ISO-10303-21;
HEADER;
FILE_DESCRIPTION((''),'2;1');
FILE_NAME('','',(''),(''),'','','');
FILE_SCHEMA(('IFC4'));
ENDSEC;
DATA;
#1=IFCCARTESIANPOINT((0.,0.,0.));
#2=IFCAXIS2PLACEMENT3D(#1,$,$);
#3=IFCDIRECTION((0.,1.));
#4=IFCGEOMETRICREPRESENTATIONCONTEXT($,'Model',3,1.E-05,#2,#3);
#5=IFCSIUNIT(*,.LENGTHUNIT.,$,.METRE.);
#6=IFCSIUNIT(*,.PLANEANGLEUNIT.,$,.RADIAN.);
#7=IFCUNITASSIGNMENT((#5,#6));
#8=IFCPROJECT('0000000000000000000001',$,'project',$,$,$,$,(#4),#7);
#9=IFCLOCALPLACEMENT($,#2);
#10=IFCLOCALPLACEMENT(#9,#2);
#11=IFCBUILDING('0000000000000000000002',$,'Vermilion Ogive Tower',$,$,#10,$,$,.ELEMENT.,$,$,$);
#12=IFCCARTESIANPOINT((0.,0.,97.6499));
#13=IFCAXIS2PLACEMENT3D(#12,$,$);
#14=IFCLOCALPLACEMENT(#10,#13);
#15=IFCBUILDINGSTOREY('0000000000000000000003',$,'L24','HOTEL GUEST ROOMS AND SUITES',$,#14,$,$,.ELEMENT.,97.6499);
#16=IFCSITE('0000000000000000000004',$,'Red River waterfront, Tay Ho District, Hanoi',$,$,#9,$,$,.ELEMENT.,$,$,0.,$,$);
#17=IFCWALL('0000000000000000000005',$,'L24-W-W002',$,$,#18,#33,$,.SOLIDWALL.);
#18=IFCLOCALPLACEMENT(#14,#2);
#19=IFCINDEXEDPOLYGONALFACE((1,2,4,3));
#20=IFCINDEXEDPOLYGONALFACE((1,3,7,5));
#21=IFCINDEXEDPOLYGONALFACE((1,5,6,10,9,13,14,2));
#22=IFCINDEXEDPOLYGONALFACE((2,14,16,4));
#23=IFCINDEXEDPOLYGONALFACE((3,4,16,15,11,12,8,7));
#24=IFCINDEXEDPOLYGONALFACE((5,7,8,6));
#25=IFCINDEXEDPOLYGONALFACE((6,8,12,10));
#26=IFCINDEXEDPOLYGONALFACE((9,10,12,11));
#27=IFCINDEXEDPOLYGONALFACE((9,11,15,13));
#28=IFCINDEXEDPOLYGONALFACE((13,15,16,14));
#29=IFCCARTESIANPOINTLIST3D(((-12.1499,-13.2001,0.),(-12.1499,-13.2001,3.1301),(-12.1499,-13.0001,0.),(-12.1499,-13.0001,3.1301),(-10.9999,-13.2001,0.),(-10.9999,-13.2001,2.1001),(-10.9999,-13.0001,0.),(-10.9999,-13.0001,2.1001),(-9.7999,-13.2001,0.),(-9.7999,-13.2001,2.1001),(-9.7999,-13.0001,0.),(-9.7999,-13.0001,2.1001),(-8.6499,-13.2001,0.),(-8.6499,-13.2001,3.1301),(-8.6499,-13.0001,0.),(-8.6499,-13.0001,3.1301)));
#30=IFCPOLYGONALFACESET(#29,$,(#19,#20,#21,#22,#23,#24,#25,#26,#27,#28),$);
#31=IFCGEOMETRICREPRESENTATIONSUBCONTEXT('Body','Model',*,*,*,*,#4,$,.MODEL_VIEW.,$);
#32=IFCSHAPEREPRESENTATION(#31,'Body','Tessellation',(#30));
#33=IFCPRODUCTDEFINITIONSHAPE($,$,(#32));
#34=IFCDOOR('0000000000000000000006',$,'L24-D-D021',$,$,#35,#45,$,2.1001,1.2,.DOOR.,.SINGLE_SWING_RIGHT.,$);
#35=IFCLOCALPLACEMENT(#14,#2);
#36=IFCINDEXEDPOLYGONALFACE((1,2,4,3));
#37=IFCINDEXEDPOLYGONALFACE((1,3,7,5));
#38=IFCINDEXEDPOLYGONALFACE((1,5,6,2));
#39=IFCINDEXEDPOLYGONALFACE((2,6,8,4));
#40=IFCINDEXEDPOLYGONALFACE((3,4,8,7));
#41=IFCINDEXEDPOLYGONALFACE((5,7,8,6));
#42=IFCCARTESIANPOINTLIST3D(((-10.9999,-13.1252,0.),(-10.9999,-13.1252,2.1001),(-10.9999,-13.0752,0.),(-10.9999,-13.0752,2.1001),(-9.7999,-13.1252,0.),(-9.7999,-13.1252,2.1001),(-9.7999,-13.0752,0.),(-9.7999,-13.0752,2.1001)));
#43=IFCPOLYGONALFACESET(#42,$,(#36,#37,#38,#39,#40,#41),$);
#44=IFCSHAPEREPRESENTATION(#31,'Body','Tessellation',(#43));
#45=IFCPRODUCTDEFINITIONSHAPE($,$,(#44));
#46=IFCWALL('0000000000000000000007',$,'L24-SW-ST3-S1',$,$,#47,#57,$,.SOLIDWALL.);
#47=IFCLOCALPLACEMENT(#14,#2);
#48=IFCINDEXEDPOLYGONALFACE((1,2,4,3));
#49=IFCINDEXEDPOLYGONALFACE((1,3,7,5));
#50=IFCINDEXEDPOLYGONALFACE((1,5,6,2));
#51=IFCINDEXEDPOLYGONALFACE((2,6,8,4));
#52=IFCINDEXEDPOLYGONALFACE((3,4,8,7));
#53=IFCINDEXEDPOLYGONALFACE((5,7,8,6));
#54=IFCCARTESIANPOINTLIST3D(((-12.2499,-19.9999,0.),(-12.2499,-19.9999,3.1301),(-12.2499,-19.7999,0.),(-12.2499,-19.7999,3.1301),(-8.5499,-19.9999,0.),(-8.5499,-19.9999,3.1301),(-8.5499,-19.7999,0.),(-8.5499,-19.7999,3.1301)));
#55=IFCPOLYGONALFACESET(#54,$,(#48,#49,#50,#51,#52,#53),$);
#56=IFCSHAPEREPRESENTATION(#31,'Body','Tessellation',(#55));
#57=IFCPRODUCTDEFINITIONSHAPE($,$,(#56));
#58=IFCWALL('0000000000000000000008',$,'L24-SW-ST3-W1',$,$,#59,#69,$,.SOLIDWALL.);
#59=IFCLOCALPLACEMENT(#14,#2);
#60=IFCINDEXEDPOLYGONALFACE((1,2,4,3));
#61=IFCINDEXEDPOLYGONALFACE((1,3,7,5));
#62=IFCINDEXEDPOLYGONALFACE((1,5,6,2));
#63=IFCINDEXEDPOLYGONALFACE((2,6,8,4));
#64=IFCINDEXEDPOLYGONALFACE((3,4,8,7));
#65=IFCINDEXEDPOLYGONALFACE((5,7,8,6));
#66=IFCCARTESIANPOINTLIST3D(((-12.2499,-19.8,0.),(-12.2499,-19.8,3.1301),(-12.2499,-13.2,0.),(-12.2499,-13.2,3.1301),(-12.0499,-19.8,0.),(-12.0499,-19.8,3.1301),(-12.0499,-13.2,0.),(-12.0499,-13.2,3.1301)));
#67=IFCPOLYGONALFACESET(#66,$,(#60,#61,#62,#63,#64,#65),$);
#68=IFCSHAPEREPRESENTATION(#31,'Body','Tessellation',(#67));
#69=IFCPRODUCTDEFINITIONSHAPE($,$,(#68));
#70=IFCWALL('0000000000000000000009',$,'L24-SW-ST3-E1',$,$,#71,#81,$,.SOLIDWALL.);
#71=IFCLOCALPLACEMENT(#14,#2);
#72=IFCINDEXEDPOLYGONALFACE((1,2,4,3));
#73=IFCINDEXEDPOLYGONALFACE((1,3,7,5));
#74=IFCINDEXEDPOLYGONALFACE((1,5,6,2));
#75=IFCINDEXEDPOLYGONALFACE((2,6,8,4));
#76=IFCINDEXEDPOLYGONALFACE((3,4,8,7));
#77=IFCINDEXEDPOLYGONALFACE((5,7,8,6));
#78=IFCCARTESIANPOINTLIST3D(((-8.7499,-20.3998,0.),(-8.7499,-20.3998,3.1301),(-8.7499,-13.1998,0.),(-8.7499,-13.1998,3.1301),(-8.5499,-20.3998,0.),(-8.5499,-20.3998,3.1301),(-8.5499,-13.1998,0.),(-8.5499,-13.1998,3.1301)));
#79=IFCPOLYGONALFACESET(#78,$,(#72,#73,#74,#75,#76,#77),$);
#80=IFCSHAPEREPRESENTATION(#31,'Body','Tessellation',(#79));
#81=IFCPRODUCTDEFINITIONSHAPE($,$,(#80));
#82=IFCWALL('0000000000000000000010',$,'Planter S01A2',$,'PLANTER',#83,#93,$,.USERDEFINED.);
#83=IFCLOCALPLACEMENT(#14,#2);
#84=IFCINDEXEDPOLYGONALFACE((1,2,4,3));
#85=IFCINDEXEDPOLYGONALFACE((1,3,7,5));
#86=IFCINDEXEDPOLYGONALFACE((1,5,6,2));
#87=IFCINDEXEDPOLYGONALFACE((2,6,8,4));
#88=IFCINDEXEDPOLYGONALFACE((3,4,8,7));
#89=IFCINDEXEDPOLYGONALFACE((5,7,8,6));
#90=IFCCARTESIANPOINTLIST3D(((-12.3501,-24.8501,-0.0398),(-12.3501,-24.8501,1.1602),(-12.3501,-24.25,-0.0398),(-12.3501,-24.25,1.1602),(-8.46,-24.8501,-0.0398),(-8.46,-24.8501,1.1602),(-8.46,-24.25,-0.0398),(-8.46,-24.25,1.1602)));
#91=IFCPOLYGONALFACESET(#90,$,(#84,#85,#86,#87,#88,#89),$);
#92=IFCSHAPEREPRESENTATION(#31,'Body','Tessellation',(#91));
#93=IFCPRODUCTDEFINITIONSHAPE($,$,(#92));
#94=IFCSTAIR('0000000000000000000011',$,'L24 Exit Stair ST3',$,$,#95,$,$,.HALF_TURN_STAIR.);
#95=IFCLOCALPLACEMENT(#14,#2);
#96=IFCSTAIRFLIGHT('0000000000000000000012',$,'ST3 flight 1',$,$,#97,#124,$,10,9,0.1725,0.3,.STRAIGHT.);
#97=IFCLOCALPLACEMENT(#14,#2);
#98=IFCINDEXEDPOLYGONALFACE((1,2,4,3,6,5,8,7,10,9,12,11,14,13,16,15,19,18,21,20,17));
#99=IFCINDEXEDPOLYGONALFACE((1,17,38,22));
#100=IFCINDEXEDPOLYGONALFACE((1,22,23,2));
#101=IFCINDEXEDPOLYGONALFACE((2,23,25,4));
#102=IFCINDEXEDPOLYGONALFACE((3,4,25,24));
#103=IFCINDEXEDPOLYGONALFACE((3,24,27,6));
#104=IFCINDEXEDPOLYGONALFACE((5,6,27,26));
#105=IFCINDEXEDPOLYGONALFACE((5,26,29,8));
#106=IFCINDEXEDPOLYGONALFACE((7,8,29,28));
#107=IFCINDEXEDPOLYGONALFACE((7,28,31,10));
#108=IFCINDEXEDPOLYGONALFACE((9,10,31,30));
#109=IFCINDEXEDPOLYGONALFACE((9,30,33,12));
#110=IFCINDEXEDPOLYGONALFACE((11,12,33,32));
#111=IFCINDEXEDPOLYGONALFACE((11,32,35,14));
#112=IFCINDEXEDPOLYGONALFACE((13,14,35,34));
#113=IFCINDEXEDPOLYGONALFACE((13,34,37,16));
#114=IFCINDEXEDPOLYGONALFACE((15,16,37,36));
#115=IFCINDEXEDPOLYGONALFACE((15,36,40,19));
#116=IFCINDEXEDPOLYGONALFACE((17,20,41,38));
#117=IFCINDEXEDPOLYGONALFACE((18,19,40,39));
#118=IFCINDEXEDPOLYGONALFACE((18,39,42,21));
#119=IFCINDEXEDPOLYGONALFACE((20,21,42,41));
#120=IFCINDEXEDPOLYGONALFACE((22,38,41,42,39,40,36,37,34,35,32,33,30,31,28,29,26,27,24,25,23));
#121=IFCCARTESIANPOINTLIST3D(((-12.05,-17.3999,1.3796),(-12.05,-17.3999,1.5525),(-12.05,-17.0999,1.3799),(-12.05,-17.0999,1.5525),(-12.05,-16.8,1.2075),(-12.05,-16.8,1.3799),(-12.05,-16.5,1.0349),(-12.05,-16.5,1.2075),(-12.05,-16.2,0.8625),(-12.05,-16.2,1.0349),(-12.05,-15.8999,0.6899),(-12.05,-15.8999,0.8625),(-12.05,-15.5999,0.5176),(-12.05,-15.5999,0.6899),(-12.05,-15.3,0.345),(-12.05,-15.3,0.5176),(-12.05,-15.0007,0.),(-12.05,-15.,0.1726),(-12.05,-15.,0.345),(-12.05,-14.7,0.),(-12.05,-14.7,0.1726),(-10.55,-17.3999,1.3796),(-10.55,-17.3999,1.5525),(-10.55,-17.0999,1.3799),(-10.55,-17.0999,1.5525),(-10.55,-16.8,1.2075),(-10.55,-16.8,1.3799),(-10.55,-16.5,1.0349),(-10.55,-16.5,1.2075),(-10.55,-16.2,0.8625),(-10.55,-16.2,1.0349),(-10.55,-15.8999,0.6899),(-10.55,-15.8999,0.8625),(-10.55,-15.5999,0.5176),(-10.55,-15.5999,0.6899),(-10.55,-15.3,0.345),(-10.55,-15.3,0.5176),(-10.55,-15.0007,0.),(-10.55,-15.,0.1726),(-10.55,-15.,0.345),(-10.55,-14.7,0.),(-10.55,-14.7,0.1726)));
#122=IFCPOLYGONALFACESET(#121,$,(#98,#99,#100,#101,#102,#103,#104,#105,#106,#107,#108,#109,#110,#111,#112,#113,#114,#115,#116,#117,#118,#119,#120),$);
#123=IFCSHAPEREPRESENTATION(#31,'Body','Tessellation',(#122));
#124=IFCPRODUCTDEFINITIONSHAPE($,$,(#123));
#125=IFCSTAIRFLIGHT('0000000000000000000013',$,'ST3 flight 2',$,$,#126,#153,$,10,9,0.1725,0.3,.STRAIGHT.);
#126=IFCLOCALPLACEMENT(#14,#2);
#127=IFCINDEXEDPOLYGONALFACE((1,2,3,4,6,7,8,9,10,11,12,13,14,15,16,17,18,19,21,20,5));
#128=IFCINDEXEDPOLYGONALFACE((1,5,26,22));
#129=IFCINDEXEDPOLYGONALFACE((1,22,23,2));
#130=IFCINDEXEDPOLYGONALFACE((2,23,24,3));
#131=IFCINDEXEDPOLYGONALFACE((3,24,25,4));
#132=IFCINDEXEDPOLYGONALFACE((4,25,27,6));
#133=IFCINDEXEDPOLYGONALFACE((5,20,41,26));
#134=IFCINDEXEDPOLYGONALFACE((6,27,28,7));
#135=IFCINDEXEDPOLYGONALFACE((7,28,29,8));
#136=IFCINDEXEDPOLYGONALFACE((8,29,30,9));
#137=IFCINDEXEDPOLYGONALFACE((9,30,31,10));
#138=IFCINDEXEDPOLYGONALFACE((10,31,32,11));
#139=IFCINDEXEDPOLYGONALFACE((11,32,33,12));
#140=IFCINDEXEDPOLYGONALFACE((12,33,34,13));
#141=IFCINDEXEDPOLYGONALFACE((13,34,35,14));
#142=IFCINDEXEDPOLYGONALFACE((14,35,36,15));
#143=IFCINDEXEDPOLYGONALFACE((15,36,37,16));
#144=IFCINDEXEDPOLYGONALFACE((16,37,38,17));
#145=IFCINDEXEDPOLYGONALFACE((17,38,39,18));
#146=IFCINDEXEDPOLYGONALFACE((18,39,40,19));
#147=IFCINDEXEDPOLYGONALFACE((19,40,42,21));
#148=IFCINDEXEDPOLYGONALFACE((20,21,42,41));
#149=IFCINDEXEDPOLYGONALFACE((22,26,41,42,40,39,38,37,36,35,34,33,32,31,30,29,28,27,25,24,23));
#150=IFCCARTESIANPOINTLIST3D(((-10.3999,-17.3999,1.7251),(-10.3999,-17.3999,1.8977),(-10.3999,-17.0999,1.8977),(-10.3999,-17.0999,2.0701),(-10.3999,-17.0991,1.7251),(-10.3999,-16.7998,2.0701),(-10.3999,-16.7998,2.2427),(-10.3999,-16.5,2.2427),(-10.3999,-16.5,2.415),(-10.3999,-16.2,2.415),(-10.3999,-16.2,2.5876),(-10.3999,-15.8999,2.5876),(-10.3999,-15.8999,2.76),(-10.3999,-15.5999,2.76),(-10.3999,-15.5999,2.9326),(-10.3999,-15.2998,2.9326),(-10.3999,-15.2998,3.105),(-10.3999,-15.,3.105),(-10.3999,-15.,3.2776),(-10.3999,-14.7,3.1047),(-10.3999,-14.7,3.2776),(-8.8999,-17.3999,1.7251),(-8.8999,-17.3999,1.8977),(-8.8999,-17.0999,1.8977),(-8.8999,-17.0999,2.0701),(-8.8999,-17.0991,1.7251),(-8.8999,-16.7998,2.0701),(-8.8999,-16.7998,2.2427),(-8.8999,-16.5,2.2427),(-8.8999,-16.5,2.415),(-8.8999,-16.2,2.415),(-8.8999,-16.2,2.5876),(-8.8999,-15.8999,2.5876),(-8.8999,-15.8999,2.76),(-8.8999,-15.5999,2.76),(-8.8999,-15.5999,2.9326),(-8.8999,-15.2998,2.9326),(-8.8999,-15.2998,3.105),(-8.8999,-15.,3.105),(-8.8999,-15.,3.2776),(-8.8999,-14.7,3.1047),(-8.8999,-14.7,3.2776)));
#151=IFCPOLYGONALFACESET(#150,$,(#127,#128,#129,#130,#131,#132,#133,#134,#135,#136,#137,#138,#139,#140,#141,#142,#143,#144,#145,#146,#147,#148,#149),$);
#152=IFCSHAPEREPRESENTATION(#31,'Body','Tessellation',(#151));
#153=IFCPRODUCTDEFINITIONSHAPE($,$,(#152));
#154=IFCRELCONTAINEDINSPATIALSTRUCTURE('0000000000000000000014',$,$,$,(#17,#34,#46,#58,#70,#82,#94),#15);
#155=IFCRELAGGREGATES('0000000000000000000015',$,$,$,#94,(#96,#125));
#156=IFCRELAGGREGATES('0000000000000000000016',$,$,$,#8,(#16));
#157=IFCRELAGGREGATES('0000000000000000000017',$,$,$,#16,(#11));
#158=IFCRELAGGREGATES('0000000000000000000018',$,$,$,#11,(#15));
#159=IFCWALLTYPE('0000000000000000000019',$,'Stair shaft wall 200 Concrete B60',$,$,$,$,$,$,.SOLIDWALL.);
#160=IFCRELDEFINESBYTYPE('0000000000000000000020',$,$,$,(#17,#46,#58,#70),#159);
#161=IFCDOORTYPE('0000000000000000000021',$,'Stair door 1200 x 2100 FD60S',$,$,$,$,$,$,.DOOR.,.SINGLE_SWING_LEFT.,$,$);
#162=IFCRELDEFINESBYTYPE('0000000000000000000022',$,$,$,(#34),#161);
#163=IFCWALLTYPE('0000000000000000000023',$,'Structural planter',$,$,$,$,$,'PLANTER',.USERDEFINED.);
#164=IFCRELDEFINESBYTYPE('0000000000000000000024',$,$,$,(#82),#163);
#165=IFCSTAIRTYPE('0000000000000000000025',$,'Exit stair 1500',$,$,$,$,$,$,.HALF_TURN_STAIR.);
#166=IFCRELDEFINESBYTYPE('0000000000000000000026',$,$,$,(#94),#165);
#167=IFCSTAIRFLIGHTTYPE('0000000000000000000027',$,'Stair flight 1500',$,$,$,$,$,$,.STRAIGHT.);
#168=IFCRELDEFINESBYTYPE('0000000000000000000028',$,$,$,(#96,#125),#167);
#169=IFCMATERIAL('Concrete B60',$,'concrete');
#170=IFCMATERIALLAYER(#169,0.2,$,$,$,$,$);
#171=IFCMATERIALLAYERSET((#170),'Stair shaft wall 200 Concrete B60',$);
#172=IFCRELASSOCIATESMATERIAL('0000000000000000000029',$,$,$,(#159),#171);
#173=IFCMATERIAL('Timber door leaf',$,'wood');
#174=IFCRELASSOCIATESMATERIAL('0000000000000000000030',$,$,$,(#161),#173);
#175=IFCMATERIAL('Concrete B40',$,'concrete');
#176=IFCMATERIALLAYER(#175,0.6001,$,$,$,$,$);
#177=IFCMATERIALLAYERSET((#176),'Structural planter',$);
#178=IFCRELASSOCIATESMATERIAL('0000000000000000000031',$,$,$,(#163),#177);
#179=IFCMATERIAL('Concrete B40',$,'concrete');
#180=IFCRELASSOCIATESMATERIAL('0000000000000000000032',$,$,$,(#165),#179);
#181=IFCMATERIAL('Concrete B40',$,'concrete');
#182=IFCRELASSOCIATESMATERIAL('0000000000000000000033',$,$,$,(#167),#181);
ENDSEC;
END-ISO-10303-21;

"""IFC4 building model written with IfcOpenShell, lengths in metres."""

from ifc_helpers import new_model, si_unit, direction, frame, frame_2d, origin, place, context, subcontext, project, spatial, polyline, rectangle, outline, extrude, material, layer, layer_set, type_object, element, fill, aggregate, save


model = new_model("IFC4")

# Units and contexts
model_context = context("Model", 3, precision=1e-05, world=origin(), true_north=direction((0.0, 1.0)))
body_context = subcontext(model_context, "Body", "Model", "MODEL_VIEW")
ifc_project = project(units=[si_unit("LENGTHUNIT", "METRE"), si_unit("PLANEANGLEUNIT", "RADIAN")], contexts=[model_context])

# Site, building, storey
site_placement = place(None, origin())
site = spatial("IfcSite", under=ifc_project, at=site_placement, Name="Red River waterfront, Tay Ho District, Hanoi", CompositionType="ELEMENT", RefElevation=0.0)
building_placement = place(site_placement, origin())
building = spatial("IfcBuilding", under=site, at=building_placement, Name="Vermilion Ogive Tower", CompositionType="ELEMENT")
storey_placement = place(building_placement, frame((0.0, 0.0, 97.6499)))
storey = spatial("IfcBuildingStorey", under=building, at=storey_placement, Name="L24", Description="HOTEL GUEST ROOMS AND SUITES", CompositionType="ELEMENT", Elevation=97.6499)

# Wall, opening, door
ifc_material_1 = material(Name="Concrete B60", Category="concrete")
ifc_layer_1 = layer(ifc_material_1, 0.2)
ifc_layer_set_1 = layer_set([ifc_layer_1], Name="Stair shaft wall 200 Concrete B60")
wall_type_1 = type_object("IfcWallType", Name="Stair shaft wall 200 Concrete B60", PredefinedType="SOLIDWALL", material=ifc_layer_set_1)
wall_1_placement = place(storey_placement, frame((-12.1499, -13.1001, 0.0), z_axis=(0.0, 0.0, 1.0), x_axis=(1.0, 0.0, 0.0)))
wall_1 = element("IfcWall", 1, at=wall_1_placement, inside=storey, type_object=wall_type_1, Name="L24-W-W002", PredefinedType="SOLIDWALL", context=body_context, shape_type="SweptSolid", body=[
    extrude(rectangle(XDim=3.5, YDim=0.2, at=frame_2d((1.75, 0.0))), origin(), (0.0, 0.0, 1.0), 3.1301),
])
opening_1_placement = place(wall_1_placement, frame((1.1499, 0.0, 0.0)))
opening_1 = element("IfcOpeningElement", 2, at=opening_1_placement, cuts=wall_1, PredefinedType="OPENING", context=body_context, shape_type="SweptSolid", body=[
    extrude(rectangle(XDim=1.2, YDim=2.1001, at=frame_2d((0.6001, 1.05))), frame((0.0, 0.1099, 0.0), z_axis=(0.0, -1.0, 0.0), x_axis=(1.0, 0.0, 0.0)), (0.0, 0.0, 1.0), 0.22),
])
ifc_material_2 = material(Name="Timber door leaf", Category="wood")
door_type_1 = type_object("IfcDoorType", Name="Stair door 1200 x 2100 FD60S", OperationType="SINGLE_SWING_LEFT", PredefinedType="DOOR", material=ifc_material_2)
door_1_placement = place(opening_1_placement, origin())
door_1 = element("IfcDoor", 3, at=door_1_placement, inside=storey, type_object=door_type_1, Name="L24-D-D021", OperationType="SINGLE_SWING_RIGHT", OverallHeight=2.1001, OverallWidth=1.2, PredefinedType="DOOR", context=body_context, shape_type="SweptSolid", body=[
    extrude(rectangle(XDim=1.2, YDim=2.1001, at=frame_2d((0.6001, 1.05))), frame((0.0, 0.0249, 0.0), z_axis=(0.0, -1.0, 0.0), x_axis=(1.0, 0.0, 0.0)), (0.0, 0.0, 1.0), 0.05),
])
fill(opening_1, door_1)

# Walls
wall_2_placement = place(storey_placement, frame((-12.25, -19.8999, 0.0), z_axis=(0.0, 0.0, 1.0), x_axis=(1.0, 0.0, 0.0)))
element("IfcWall", 4, at=wall_2_placement, inside=storey, type_object=wall_type_1, Name="L24-SW-ST3-S1", PredefinedType="SOLIDWALL", context=body_context, shape_type="SweptSolid", body=[
    extrude(rectangle(XDim=3.7, YDim=0.2, at=frame_2d((1.8501, 0.0))), origin(), (0.0, 0.0, 1.0), 3.1301),
])
wall_3_placement = place(storey_placement, frame((-12.1499, -19.8, 0.0), z_axis=(0.0, 0.0, 1.0), x_axis=(0.0, 1.0, 0.0)))
element("IfcWall", 5, at=wall_3_placement, inside=storey, type_object=wall_type_1, Name="L24-SW-ST3-W1", PredefinedType="SOLIDWALL", context=body_context, shape_type="SweptSolid", body=[
    extrude(rectangle(XDim=6.6001, YDim=0.2, at=frame_2d((3.3, 0.0))), origin(), (0.0, 0.0, 1.0), 3.1301),
])
wall_4_placement = place(storey_placement, frame((-8.6499, -20.3999, 0.0), z_axis=(0.0, 0.0, 1.0), x_axis=(0.0, 1.0, 0.0)))
element("IfcWall", 6, at=wall_4_placement, inside=storey, type_object=wall_type_1, Name="L24-SW-ST3-E1", PredefinedType="SOLIDWALL", context=body_context, shape_type="SweptSolid", body=[
    extrude(rectangle(XDim=7.2, YDim=0.2, at=frame_2d((3.6001, 0.0))), origin(), (0.0, 0.0, 1.0), 3.1301),
])
ifc_material_3 = material(Name="Concrete B40", Category="concrete")
ifc_layer_2 = layer(ifc_material_3, 0.6001)
ifc_layer_set_2 = layer_set([ifc_layer_2], Name="Structural planter")
wall_type_2 = type_object("IfcWallType", Name="Structural planter", ElementType="PLANTER", PredefinedType="USERDEFINED", material=ifc_layer_set_2)
wall_5_placement = place(storey_placement, frame((-12.3501, -24.55, -0.0398), z_axis=(0.0, 0.0, 1.0), x_axis=(1.0, 0.0, 0.0)))
element("IfcWall", 7, at=wall_5_placement, inside=storey, type_object=wall_type_2, Name="Planter S01A2", ObjectType="PLANTER", PredefinedType="USERDEFINED", context=body_context, shape_type="SweptSolid", body=[
    extrude(rectangle(XDim=3.8901, YDim=0.6001, at=frame_2d((1.9451, 0.0))), origin(), (0.0, 0.0, 1.0), 1.2),
])

# Stair, stair flights
ifc_material_4 = material(Name="Concrete B40", Category="concrete")
stair_type = type_object("IfcStairType", Name="Exit stair 1500", PredefinedType="HALF_TURN_STAIR", material=ifc_material_4)
stair_placement = place(storey_placement, origin())
stair = element("IfcStair", 8, at=stair_placement, inside=storey, type_object=stair_type, Name="L24 Exit Stair ST3", PredefinedType="HALF_TURN_STAIR")
ifc_material_5 = material(Name="Concrete B40", Category="concrete")
stair_flight_type = type_object("IfcStairFlightType", Name="Stair flight 1500", PredefinedType="STRAIGHT", material=ifc_material_5)
stair_flight_1_placement = place(storey_placement, frame((-11.3, -14.7, 0.0), z_axis=(0.0, 0.0, 1.0), x_axis=(0.0, -1.0, 0.0)))
stair_flight_1 = element("IfcStairFlight", 9, at=stair_flight_1_placement, type_object=stair_flight_type, Name="ST3 flight 1", NumberOfRisers=10, NumberOfTreads=9, PredefinedType="STRAIGHT", RiserHeight=0.1725, TreadLength=0.3, context=body_context, shape_type="SweptSolid", body=[
    extrude(outline(polyline([(0.0, 0.0), (0.0, 0.1726), (0.3, 0.1726), (0.3, 0.345), (0.6001, 0.345), (0.6001, 0.5176), (0.8999, 0.5176), (0.8999, 0.6899), (1.2, 0.6899), (1.2, 0.8625), (1.5, 0.8625), (1.5, 1.0349), (1.8, 1.0349), (1.8, 1.2075), (2.1001, 1.2075), (2.1001, 1.3799), (2.3999, 1.3799), (2.3999, 1.5525), (2.7, 1.5525), (2.7, 1.7251), (2.7, 1.3796), (0.3008, 0.0), (0.0, 0.0)])), frame((0.0, 0.75, 0.0), z_axis=(0.0, -1.0, 0.0), x_axis=(1.0, 0.0, 0.0)), (0.0, 0.0, 1.0), 1.5),
])
stair_flight_2_placement = place(storey_placement, frame((-9.6499, -17.3999, 1.7251), z_axis=(0.0, 0.0, 1.0), x_axis=(0.0, 1.0, 0.0)))
stair_flight_2 = element("IfcStairFlight", 10, at=stair_flight_2_placement, type_object=stair_flight_type, Name="ST3 flight 2", NumberOfRisers=10, NumberOfTreads=9, PredefinedType="STRAIGHT", RiserHeight=0.1725, TreadLength=0.3, context=body_context, shape_type="SweptSolid", body=[
    extrude(outline(polyline([(0.0, 0.0), (0.0, 0.1726), (0.3, 0.1726), (0.3, 0.345), (0.6001, 0.345), (0.6001, 0.5176), (0.8999, 0.5176), (0.8999, 0.6899), (1.2, 0.6899), (1.2, 0.8625), (1.5, 0.8625), (1.5, 1.0349), (1.8, 1.0349), (1.8, 1.2075), (2.1001, 1.2075), (2.1001, 1.3799), (2.3999, 1.3799), (2.3999, 1.5525), (2.7, 1.5525), (2.7, 1.7251), (2.7, 1.3796), (0.3008, 0.0), (0.0, 0.0)])), frame((0.0, 0.75, 0.0), z_axis=(0.0, -1.0, 0.0), x_axis=(1.0, 0.0, 0.0)), (0.0, 0.0, 1.0), 1.5),
])
aggregate(stair, [stair_flight_1, stair_flight_2])

save(model, "model.ifc")
